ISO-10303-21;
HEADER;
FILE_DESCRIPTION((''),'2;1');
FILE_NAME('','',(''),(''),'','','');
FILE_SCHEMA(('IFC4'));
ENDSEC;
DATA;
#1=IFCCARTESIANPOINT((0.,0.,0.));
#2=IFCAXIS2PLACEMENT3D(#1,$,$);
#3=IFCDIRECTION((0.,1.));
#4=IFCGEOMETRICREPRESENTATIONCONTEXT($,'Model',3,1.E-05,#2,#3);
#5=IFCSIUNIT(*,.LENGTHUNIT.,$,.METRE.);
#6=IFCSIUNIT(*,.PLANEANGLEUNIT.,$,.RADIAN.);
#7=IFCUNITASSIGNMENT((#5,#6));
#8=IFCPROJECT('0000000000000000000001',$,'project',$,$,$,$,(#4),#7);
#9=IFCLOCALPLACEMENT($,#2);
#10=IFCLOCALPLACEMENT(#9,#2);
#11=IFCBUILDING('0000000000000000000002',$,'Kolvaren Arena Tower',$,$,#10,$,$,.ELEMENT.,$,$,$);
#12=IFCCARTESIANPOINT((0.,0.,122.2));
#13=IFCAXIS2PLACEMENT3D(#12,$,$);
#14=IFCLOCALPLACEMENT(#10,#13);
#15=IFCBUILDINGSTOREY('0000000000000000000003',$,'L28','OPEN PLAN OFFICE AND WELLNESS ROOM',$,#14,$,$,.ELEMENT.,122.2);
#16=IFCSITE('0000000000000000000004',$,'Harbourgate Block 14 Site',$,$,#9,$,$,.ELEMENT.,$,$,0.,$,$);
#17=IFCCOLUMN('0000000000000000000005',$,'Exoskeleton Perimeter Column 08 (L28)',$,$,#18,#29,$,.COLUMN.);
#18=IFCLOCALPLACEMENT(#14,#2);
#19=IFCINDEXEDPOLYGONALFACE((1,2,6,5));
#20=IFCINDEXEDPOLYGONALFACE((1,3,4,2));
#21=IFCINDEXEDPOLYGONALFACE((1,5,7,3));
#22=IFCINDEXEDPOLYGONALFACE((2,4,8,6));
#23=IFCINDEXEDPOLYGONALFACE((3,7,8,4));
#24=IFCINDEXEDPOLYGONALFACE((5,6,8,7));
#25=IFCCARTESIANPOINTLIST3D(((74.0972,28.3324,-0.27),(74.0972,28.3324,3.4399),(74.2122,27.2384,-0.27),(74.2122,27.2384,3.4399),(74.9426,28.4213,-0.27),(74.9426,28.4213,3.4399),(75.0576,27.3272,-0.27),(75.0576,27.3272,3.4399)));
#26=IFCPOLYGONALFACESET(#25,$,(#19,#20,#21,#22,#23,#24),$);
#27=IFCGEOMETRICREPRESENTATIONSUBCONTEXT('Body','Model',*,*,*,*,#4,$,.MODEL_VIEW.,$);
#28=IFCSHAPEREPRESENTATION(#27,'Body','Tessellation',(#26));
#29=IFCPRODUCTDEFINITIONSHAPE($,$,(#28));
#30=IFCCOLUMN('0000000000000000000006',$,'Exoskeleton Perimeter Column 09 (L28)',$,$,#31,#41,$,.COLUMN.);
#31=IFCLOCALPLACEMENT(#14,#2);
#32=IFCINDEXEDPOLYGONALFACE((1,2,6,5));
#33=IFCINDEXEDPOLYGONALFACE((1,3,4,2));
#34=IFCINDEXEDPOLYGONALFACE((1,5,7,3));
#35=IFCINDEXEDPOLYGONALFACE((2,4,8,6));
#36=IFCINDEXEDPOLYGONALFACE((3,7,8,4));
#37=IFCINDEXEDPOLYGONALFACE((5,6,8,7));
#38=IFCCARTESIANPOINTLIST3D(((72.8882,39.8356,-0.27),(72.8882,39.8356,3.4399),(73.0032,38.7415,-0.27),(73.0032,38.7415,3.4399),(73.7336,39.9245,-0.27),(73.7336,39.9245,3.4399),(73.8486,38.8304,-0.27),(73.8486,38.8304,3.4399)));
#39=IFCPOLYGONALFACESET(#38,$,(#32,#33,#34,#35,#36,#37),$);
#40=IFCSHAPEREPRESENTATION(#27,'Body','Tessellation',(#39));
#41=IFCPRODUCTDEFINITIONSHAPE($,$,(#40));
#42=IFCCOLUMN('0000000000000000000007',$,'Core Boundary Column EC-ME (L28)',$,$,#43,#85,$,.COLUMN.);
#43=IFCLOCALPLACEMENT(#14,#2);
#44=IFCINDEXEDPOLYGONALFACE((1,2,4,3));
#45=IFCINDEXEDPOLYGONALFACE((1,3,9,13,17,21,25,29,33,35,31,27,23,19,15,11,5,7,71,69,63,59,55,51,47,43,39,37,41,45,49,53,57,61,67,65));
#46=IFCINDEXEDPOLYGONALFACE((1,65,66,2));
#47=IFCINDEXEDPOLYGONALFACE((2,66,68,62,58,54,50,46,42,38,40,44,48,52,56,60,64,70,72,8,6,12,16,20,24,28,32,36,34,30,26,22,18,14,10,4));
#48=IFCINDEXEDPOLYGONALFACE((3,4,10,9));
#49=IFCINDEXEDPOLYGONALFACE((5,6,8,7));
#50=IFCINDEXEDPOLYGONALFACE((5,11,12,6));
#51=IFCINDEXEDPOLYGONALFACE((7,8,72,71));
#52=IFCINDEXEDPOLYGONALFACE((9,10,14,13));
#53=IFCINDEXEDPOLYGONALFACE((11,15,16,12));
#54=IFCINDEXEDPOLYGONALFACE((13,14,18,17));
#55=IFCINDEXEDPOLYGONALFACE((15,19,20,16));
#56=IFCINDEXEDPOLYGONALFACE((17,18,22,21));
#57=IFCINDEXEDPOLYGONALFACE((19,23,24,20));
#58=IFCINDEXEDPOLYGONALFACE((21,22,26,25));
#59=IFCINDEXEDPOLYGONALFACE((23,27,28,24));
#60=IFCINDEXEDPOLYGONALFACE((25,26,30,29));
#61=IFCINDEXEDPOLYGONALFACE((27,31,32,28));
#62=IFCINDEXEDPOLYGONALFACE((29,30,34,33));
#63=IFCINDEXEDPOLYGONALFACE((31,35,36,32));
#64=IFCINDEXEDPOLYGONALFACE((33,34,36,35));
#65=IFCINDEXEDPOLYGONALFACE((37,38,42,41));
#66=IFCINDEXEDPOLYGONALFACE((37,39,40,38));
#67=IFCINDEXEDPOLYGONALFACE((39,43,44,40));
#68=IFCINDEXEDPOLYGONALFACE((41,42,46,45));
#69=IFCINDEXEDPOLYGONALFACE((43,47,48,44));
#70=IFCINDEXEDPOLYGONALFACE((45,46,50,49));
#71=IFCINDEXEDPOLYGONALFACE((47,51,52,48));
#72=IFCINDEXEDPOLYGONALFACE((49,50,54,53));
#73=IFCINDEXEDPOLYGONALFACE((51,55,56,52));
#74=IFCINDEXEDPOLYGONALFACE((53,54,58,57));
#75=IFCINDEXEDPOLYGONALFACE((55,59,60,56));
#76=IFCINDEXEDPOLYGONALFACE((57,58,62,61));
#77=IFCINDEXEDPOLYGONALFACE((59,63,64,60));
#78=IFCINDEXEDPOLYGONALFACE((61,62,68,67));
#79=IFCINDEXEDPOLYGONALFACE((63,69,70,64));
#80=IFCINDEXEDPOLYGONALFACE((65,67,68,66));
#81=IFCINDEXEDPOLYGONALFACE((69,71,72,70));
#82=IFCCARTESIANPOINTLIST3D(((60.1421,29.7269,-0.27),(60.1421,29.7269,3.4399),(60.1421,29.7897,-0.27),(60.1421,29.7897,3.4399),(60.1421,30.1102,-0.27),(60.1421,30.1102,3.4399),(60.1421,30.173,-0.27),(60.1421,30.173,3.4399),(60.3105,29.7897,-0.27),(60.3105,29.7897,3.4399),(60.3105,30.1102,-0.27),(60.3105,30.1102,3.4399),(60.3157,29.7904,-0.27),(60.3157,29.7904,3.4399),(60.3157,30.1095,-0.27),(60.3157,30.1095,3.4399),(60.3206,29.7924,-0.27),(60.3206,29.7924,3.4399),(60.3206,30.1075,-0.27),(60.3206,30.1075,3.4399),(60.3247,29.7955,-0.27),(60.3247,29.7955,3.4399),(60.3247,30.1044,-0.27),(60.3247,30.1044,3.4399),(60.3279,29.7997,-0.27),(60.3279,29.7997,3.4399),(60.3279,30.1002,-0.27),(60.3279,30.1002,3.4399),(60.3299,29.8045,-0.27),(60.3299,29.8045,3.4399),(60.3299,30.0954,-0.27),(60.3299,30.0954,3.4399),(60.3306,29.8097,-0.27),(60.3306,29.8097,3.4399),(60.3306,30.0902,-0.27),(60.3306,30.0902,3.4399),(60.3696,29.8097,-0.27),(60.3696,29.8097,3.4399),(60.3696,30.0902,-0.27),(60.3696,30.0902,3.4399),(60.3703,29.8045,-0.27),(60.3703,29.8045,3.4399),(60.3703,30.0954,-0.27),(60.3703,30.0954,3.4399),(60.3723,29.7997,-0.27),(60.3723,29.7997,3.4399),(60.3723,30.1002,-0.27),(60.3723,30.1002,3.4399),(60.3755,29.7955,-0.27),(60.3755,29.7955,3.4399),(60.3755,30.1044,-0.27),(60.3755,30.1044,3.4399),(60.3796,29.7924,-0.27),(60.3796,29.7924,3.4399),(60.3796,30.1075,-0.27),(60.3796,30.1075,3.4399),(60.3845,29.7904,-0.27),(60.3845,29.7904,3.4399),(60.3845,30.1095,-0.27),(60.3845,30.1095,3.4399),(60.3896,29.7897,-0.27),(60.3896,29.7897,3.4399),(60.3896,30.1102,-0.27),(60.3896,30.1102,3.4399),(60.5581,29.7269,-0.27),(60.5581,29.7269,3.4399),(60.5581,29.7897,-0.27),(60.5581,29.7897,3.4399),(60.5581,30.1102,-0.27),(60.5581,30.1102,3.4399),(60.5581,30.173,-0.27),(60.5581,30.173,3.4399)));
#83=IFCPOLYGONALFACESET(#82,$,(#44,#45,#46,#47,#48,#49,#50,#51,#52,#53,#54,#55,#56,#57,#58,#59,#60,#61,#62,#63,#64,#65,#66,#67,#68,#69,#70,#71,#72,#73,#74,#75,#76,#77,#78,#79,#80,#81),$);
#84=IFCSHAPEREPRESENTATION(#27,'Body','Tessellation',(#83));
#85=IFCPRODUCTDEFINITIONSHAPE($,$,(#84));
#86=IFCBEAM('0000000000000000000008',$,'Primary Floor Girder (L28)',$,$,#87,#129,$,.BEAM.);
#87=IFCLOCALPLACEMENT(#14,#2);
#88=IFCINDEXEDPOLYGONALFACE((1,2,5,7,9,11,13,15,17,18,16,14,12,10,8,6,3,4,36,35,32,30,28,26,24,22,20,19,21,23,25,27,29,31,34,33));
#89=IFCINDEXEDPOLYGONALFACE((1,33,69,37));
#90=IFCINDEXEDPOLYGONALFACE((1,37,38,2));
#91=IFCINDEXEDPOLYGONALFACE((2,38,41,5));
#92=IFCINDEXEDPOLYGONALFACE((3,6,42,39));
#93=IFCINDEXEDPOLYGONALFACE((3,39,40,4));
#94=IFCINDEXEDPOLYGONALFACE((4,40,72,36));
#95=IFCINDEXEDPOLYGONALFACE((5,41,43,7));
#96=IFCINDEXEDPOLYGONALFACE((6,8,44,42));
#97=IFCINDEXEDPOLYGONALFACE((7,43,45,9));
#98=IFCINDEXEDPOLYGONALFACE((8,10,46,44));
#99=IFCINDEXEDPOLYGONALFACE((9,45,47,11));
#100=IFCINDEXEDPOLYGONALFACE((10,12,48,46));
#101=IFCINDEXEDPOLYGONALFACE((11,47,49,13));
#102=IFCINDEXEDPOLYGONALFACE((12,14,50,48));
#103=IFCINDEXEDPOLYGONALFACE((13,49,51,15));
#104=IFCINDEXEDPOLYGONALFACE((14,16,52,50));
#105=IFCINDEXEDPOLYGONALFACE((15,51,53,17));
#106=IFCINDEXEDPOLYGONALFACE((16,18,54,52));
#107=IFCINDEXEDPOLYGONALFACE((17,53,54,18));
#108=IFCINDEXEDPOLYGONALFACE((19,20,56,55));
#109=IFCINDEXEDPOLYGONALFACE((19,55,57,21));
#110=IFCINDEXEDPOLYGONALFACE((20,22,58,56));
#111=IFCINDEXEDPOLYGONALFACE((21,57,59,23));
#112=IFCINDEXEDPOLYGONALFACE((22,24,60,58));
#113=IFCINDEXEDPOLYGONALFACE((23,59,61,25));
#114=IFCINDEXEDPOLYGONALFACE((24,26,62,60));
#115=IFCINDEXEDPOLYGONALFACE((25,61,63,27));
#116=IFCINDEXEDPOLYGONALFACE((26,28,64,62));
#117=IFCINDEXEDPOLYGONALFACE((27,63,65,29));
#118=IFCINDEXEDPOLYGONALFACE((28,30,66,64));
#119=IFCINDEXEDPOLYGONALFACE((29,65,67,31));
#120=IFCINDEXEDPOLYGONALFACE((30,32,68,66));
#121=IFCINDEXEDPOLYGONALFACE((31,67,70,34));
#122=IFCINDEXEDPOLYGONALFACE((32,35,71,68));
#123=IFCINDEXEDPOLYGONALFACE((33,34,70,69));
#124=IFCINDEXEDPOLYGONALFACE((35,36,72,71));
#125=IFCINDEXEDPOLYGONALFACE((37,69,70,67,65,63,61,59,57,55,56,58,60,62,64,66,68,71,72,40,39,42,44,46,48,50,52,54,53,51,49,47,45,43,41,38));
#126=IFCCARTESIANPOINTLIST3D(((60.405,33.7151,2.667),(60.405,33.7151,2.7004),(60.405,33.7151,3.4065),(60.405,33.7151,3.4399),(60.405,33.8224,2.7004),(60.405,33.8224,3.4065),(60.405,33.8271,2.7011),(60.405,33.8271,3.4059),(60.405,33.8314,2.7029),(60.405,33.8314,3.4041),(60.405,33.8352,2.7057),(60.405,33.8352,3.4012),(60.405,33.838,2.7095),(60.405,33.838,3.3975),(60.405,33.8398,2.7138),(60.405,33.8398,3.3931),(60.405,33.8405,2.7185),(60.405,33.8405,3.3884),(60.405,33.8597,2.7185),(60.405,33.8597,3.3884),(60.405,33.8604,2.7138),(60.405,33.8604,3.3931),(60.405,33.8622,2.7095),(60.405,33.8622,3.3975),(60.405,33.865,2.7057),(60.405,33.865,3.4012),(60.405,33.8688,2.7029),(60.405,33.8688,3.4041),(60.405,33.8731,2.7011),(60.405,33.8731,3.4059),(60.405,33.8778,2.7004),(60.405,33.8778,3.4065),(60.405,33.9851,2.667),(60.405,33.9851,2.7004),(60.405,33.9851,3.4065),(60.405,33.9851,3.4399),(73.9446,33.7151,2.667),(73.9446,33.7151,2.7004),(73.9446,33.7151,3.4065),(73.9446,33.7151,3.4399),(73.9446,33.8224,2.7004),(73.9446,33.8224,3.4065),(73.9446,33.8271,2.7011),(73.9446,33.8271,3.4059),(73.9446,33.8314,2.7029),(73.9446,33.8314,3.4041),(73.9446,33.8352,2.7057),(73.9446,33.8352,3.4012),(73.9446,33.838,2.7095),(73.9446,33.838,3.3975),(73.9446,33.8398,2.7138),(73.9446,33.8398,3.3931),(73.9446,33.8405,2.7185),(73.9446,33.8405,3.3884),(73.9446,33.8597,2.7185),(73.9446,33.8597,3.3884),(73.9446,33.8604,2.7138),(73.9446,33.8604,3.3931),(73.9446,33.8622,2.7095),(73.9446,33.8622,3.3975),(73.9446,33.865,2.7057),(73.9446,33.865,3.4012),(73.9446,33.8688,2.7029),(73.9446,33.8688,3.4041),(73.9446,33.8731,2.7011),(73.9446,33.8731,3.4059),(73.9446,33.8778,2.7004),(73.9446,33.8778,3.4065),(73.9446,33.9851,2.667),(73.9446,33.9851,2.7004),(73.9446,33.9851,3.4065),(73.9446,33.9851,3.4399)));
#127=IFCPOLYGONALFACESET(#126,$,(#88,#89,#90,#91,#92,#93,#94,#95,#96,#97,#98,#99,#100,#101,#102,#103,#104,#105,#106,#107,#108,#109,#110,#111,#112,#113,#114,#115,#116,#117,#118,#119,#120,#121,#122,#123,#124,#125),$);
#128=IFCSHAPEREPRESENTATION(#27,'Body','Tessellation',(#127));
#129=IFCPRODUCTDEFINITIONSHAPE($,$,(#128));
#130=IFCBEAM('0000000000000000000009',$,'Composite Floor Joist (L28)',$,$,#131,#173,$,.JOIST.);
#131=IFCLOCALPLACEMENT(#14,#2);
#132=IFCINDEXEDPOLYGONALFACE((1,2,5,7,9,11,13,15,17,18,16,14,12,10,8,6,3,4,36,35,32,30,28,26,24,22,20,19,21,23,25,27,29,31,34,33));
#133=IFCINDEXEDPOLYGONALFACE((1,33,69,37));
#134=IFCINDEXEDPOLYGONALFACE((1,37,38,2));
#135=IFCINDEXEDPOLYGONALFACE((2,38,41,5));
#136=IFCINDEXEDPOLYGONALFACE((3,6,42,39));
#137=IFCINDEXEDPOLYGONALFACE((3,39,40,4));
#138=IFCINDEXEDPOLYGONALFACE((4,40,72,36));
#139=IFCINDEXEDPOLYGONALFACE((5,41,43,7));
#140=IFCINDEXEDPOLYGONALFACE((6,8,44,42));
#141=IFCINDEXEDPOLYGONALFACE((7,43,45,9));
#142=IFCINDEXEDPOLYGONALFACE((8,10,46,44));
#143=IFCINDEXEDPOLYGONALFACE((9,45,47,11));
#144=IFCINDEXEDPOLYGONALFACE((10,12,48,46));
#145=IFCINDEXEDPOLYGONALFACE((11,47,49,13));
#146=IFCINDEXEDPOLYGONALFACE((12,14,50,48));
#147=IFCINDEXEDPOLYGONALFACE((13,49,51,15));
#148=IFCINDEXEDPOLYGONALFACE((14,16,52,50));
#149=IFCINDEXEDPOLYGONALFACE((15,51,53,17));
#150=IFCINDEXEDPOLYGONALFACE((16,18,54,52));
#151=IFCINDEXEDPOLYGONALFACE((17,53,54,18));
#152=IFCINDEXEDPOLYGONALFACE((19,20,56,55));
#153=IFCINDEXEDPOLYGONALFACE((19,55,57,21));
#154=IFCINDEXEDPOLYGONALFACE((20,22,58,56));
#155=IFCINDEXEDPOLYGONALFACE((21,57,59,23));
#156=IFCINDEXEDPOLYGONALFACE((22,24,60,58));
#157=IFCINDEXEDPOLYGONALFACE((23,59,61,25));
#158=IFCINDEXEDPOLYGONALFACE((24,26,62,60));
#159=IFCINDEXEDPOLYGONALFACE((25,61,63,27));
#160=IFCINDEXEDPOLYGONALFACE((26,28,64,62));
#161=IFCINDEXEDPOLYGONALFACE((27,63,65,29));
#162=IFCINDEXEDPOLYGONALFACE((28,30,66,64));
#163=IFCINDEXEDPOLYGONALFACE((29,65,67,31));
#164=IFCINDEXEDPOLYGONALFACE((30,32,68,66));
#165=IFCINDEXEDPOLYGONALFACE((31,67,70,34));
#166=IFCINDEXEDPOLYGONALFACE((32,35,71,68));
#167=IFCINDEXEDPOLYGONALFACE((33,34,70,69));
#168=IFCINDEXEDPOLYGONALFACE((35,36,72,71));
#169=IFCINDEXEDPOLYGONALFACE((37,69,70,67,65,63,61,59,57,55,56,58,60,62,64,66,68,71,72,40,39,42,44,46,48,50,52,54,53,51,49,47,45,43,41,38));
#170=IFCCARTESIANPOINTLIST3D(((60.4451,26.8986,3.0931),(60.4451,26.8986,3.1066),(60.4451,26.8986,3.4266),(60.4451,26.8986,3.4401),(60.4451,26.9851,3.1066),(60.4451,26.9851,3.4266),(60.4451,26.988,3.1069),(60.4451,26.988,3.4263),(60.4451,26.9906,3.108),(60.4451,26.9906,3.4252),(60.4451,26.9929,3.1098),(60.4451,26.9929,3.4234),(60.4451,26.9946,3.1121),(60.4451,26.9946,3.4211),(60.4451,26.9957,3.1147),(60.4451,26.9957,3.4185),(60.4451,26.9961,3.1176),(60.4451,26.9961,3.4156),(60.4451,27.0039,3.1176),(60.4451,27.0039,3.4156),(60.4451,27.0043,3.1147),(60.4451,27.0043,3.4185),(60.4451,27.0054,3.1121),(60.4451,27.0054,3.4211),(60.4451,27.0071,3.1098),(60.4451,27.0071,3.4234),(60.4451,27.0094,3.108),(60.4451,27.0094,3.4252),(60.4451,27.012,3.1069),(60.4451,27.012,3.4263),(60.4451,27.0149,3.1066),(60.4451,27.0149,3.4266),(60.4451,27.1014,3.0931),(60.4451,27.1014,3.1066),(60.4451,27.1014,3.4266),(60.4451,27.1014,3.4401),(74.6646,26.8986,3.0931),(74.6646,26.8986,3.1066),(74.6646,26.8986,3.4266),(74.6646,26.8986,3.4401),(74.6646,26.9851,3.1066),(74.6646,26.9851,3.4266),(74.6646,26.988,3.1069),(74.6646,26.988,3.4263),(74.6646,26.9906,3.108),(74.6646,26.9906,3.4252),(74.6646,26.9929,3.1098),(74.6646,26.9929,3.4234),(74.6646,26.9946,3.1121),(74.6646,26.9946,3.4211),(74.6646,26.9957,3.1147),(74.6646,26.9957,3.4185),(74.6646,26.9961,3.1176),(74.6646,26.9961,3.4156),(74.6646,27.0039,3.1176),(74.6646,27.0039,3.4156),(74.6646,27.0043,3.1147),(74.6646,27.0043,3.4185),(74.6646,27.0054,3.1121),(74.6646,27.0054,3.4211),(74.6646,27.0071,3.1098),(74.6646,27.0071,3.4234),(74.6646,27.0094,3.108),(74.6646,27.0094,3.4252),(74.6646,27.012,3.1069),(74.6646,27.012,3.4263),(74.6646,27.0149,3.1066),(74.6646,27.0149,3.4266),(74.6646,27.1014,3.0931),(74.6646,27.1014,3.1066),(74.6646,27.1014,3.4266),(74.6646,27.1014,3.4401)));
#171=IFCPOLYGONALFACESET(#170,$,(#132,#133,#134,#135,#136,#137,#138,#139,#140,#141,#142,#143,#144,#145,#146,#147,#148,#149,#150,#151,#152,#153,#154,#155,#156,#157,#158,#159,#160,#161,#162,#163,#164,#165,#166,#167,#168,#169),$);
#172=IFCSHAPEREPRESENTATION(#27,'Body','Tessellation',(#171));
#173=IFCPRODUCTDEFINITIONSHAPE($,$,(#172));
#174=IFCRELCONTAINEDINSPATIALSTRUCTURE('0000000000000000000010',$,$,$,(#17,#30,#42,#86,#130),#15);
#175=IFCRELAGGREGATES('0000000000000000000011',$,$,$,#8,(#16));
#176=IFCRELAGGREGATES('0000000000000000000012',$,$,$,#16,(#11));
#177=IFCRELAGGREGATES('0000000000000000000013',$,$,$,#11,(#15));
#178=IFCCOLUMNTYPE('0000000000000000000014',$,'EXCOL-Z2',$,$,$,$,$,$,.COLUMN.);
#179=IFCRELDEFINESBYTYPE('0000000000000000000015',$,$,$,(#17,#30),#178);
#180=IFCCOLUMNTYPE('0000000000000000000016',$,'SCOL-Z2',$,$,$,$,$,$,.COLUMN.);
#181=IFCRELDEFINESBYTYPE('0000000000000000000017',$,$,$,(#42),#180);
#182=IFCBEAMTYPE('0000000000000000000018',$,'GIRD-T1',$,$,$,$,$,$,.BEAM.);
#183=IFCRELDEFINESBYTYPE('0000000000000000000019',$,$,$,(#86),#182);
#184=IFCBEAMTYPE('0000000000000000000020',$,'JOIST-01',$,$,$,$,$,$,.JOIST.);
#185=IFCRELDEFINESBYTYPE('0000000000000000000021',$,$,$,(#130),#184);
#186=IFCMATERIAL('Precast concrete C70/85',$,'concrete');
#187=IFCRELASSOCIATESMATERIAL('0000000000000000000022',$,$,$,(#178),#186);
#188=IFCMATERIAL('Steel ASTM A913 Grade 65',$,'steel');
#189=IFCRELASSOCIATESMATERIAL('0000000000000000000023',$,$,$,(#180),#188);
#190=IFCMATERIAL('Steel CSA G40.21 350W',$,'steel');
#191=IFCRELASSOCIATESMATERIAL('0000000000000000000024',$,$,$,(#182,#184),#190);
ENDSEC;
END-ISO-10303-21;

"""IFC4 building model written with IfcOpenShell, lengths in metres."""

from ifc_helpers import new_model, si_unit, direction, frame, origin, origin_2d, place, context, subcontext, project, spatial, rectangle, i_section, extrude, material, material_profile, profile_set, type_object, element, save


model = new_model("IFC4")

# Units and contexts
model_context = context("Model", 3, precision=1e-05, world=origin(), true_north=direction((0.0, 1.0)))
body_context = subcontext(model_context, "Body", "Model", "MODEL_VIEW")
ifc_project = project(units=[si_unit("LENGTHUNIT", "METRE"), si_unit("PLANEANGLEUNIT", "RADIAN")], contexts=[model_context])

# Site, building, storey
site_placement = place(None, origin())
site = spatial("IfcSite", under=ifc_project, at=site_placement, Name="Harbourgate Block 14 Site", CompositionType="ELEMENT", RefElevation=0.0)
building_placement = place(site_placement, origin())
building = spatial("IfcBuilding", under=site, at=building_placement, Name="Kolvaren Arena Tower", CompositionType="ELEMENT")
storey_placement = place(building_placement, frame((0.0, 0.0, 122.2)))
storey = spatial("IfcBuildingStorey", under=building, at=storey_placement, Name="L28", Description="OPEN PLAN OFFICE AND WELLNESS ROOM", CompositionType="ELEMENT", Elevation=122.2)

# Columns
ifc_material_1 = material(Name="Precast concrete C70/85", Category="concrete")
ifc_material_profile_1 = material_profile(ifc_material_1, rectangle(XDim=1.1001, YDim=0.8501, at=origin_2d()), Name="RC-1100x850")
ifc_profile_set_1 = profile_set([ifc_material_profile_1], Name="Precast concrete C70/85")
column_type_1 = type_object("IfcColumnType", Name="EXCOL-Z2", PredefinedType="COLUMN", material=ifc_profile_set_1)
for number, where, z_axis, x_axis, name in (
    (1, (74.5774, 27.8298, -0.27), (0.0, 0.0, 1.0), (-0.104528, 0.994522, 0.0), "Exoskeleton Perimeter Column 08 (L28)"),
    (2, (73.3684, 39.333, -0.27), (0.0, 0.0, 1.0), (-0.104528, 0.994522, 0.0), "Exoskeleton Perimeter Column 09 (L28)"),
):
    element("IfcColumn", number, at=place(storey_placement, frame(where, z_axis=z_axis, x_axis=x_axis)), inside=storey, type_object=column_type_1, Name=name, PredefinedType="COLUMN", context=body_context, shape_type="SweptSolid", body=[
        extrude(rectangle(XDim=1.1001, YDim=0.8501, at=origin_2d()), origin(), (0.0, 0.0, 1.0), 3.71),
    ])
ifc_material_2 = material(Name="Steel ASTM A913 Grade 65", Category="steel")
ifc_material_profile_2 = material_profile(ifc_material_2, i_section(OverallWidth=0.416, OverallDepth=0.446, WebThickness=0.0391, FlangeThickness=0.0627, FilletRadius=0.02, at=origin_2d()), Name="W360x509")
ifc_profile_set_2 = profile_set([ifc_material_profile_2], Name="Steel ASTM A913 Grade 65")
column_type_2 = type_object("IfcColumnType", Name="SCOL-Z2", PredefinedType="COLUMN", material=ifc_profile_set_2)
column_placement = place(storey_placement, frame((60.3501, 29.95, -0.27), z_axis=(0.0, 0.0, 1.0), x_axis=(1.0, 0.0, 0.0)))
element("IfcColumn", 3, at=column_placement, inside=storey, type_object=column_type_2, Name="Core Boundary Column EC-ME (L28)", PredefinedType="COLUMN", context=body_context, shape_type="SweptSolid", body=[
    extrude(i_section(OverallWidth=0.416, OverallDepth=0.446, WebThickness=0.0391, FlangeThickness=0.0627, FilletRadius=0.02, at=origin_2d()), origin(), (0.0, 0.0, 1.0), 3.71),
])

# Beams
ifc_material_3 = material(Name="Steel CSA G40.21 350W", Category="steel")
ifc_material_profile_3 = material_profile(ifc_material_3, i_section(OverallWidth=0.27, OverallDepth=0.7729, WebThickness=0.0193, FlangeThickness=0.0334, FilletRadius=0.0181, at=origin_2d()), Name="W760x257")
ifc_profile_set_3 = profile_set([ifc_material_profile_3], Name="Steel CSA G40.21 350W")
beam_type_1 = type_object("IfcBeamType", Name="GIRD-T1", PredefinedType="BEAM", material=ifc_profile_set_3)
beam_1_placement = place(storey_placement, frame((60.405, 33.8501, 3.0535), z_axis=(1.0, 0.0, 0.0), x_axis=(0.0, 1.0, 0.0)))
element("IfcBeam", 4, at=beam_1_placement, inside=storey, type_object=beam_type_1, Name="Primary Floor Girder (L28)", PredefinedType="BEAM", context=body_context, shape_type="SweptSolid", body=[
    extrude(i_section(OverallWidth=0.27, OverallDepth=0.7729, WebThickness=0.0193, FlangeThickness=0.0334, FilletRadius=0.0181, at=origin_2d()), origin(), (0.0, 0.0, 1.0), 13.5396),
])
ifc_material_profile_4 = material_profile(ifc_material_3, i_section(OverallWidth=0.2029, OverallDepth=0.3469, WebThickness=0.0078, FlangeThickness=0.0134, FilletRadius=0.011, at=origin_2d()), Name="W360x64")
ifc_profile_set_4 = profile_set([ifc_material_profile_4], Name="Steel CSA G40.21 350W")
beam_type_2 = type_object("IfcBeamType", Name="JOIST-01", PredefinedType="JOIST", material=ifc_profile_set_4)
beam_2_placement = place(storey_placement, frame((60.4451, 27.0, 3.2666), z_axis=(1.0, 0.0, 0.0), x_axis=(0.0, 1.0, 0.0)))
element("IfcBeam", 5, at=beam_2_placement, inside=storey, type_object=beam_type_2, Name="Composite Floor Joist (L28)", PredefinedType="JOIST", context=body_context, shape_type="SweptSolid", body=[
    extrude(i_section(OverallWidth=0.2029, OverallDepth=0.3469, WebThickness=0.0078, FlangeThickness=0.0134, FilletRadius=0.011, at=origin_2d()), origin(), (0.0, 0.0, 1.0), 14.2195),
])

save(model, "model.ifc")
